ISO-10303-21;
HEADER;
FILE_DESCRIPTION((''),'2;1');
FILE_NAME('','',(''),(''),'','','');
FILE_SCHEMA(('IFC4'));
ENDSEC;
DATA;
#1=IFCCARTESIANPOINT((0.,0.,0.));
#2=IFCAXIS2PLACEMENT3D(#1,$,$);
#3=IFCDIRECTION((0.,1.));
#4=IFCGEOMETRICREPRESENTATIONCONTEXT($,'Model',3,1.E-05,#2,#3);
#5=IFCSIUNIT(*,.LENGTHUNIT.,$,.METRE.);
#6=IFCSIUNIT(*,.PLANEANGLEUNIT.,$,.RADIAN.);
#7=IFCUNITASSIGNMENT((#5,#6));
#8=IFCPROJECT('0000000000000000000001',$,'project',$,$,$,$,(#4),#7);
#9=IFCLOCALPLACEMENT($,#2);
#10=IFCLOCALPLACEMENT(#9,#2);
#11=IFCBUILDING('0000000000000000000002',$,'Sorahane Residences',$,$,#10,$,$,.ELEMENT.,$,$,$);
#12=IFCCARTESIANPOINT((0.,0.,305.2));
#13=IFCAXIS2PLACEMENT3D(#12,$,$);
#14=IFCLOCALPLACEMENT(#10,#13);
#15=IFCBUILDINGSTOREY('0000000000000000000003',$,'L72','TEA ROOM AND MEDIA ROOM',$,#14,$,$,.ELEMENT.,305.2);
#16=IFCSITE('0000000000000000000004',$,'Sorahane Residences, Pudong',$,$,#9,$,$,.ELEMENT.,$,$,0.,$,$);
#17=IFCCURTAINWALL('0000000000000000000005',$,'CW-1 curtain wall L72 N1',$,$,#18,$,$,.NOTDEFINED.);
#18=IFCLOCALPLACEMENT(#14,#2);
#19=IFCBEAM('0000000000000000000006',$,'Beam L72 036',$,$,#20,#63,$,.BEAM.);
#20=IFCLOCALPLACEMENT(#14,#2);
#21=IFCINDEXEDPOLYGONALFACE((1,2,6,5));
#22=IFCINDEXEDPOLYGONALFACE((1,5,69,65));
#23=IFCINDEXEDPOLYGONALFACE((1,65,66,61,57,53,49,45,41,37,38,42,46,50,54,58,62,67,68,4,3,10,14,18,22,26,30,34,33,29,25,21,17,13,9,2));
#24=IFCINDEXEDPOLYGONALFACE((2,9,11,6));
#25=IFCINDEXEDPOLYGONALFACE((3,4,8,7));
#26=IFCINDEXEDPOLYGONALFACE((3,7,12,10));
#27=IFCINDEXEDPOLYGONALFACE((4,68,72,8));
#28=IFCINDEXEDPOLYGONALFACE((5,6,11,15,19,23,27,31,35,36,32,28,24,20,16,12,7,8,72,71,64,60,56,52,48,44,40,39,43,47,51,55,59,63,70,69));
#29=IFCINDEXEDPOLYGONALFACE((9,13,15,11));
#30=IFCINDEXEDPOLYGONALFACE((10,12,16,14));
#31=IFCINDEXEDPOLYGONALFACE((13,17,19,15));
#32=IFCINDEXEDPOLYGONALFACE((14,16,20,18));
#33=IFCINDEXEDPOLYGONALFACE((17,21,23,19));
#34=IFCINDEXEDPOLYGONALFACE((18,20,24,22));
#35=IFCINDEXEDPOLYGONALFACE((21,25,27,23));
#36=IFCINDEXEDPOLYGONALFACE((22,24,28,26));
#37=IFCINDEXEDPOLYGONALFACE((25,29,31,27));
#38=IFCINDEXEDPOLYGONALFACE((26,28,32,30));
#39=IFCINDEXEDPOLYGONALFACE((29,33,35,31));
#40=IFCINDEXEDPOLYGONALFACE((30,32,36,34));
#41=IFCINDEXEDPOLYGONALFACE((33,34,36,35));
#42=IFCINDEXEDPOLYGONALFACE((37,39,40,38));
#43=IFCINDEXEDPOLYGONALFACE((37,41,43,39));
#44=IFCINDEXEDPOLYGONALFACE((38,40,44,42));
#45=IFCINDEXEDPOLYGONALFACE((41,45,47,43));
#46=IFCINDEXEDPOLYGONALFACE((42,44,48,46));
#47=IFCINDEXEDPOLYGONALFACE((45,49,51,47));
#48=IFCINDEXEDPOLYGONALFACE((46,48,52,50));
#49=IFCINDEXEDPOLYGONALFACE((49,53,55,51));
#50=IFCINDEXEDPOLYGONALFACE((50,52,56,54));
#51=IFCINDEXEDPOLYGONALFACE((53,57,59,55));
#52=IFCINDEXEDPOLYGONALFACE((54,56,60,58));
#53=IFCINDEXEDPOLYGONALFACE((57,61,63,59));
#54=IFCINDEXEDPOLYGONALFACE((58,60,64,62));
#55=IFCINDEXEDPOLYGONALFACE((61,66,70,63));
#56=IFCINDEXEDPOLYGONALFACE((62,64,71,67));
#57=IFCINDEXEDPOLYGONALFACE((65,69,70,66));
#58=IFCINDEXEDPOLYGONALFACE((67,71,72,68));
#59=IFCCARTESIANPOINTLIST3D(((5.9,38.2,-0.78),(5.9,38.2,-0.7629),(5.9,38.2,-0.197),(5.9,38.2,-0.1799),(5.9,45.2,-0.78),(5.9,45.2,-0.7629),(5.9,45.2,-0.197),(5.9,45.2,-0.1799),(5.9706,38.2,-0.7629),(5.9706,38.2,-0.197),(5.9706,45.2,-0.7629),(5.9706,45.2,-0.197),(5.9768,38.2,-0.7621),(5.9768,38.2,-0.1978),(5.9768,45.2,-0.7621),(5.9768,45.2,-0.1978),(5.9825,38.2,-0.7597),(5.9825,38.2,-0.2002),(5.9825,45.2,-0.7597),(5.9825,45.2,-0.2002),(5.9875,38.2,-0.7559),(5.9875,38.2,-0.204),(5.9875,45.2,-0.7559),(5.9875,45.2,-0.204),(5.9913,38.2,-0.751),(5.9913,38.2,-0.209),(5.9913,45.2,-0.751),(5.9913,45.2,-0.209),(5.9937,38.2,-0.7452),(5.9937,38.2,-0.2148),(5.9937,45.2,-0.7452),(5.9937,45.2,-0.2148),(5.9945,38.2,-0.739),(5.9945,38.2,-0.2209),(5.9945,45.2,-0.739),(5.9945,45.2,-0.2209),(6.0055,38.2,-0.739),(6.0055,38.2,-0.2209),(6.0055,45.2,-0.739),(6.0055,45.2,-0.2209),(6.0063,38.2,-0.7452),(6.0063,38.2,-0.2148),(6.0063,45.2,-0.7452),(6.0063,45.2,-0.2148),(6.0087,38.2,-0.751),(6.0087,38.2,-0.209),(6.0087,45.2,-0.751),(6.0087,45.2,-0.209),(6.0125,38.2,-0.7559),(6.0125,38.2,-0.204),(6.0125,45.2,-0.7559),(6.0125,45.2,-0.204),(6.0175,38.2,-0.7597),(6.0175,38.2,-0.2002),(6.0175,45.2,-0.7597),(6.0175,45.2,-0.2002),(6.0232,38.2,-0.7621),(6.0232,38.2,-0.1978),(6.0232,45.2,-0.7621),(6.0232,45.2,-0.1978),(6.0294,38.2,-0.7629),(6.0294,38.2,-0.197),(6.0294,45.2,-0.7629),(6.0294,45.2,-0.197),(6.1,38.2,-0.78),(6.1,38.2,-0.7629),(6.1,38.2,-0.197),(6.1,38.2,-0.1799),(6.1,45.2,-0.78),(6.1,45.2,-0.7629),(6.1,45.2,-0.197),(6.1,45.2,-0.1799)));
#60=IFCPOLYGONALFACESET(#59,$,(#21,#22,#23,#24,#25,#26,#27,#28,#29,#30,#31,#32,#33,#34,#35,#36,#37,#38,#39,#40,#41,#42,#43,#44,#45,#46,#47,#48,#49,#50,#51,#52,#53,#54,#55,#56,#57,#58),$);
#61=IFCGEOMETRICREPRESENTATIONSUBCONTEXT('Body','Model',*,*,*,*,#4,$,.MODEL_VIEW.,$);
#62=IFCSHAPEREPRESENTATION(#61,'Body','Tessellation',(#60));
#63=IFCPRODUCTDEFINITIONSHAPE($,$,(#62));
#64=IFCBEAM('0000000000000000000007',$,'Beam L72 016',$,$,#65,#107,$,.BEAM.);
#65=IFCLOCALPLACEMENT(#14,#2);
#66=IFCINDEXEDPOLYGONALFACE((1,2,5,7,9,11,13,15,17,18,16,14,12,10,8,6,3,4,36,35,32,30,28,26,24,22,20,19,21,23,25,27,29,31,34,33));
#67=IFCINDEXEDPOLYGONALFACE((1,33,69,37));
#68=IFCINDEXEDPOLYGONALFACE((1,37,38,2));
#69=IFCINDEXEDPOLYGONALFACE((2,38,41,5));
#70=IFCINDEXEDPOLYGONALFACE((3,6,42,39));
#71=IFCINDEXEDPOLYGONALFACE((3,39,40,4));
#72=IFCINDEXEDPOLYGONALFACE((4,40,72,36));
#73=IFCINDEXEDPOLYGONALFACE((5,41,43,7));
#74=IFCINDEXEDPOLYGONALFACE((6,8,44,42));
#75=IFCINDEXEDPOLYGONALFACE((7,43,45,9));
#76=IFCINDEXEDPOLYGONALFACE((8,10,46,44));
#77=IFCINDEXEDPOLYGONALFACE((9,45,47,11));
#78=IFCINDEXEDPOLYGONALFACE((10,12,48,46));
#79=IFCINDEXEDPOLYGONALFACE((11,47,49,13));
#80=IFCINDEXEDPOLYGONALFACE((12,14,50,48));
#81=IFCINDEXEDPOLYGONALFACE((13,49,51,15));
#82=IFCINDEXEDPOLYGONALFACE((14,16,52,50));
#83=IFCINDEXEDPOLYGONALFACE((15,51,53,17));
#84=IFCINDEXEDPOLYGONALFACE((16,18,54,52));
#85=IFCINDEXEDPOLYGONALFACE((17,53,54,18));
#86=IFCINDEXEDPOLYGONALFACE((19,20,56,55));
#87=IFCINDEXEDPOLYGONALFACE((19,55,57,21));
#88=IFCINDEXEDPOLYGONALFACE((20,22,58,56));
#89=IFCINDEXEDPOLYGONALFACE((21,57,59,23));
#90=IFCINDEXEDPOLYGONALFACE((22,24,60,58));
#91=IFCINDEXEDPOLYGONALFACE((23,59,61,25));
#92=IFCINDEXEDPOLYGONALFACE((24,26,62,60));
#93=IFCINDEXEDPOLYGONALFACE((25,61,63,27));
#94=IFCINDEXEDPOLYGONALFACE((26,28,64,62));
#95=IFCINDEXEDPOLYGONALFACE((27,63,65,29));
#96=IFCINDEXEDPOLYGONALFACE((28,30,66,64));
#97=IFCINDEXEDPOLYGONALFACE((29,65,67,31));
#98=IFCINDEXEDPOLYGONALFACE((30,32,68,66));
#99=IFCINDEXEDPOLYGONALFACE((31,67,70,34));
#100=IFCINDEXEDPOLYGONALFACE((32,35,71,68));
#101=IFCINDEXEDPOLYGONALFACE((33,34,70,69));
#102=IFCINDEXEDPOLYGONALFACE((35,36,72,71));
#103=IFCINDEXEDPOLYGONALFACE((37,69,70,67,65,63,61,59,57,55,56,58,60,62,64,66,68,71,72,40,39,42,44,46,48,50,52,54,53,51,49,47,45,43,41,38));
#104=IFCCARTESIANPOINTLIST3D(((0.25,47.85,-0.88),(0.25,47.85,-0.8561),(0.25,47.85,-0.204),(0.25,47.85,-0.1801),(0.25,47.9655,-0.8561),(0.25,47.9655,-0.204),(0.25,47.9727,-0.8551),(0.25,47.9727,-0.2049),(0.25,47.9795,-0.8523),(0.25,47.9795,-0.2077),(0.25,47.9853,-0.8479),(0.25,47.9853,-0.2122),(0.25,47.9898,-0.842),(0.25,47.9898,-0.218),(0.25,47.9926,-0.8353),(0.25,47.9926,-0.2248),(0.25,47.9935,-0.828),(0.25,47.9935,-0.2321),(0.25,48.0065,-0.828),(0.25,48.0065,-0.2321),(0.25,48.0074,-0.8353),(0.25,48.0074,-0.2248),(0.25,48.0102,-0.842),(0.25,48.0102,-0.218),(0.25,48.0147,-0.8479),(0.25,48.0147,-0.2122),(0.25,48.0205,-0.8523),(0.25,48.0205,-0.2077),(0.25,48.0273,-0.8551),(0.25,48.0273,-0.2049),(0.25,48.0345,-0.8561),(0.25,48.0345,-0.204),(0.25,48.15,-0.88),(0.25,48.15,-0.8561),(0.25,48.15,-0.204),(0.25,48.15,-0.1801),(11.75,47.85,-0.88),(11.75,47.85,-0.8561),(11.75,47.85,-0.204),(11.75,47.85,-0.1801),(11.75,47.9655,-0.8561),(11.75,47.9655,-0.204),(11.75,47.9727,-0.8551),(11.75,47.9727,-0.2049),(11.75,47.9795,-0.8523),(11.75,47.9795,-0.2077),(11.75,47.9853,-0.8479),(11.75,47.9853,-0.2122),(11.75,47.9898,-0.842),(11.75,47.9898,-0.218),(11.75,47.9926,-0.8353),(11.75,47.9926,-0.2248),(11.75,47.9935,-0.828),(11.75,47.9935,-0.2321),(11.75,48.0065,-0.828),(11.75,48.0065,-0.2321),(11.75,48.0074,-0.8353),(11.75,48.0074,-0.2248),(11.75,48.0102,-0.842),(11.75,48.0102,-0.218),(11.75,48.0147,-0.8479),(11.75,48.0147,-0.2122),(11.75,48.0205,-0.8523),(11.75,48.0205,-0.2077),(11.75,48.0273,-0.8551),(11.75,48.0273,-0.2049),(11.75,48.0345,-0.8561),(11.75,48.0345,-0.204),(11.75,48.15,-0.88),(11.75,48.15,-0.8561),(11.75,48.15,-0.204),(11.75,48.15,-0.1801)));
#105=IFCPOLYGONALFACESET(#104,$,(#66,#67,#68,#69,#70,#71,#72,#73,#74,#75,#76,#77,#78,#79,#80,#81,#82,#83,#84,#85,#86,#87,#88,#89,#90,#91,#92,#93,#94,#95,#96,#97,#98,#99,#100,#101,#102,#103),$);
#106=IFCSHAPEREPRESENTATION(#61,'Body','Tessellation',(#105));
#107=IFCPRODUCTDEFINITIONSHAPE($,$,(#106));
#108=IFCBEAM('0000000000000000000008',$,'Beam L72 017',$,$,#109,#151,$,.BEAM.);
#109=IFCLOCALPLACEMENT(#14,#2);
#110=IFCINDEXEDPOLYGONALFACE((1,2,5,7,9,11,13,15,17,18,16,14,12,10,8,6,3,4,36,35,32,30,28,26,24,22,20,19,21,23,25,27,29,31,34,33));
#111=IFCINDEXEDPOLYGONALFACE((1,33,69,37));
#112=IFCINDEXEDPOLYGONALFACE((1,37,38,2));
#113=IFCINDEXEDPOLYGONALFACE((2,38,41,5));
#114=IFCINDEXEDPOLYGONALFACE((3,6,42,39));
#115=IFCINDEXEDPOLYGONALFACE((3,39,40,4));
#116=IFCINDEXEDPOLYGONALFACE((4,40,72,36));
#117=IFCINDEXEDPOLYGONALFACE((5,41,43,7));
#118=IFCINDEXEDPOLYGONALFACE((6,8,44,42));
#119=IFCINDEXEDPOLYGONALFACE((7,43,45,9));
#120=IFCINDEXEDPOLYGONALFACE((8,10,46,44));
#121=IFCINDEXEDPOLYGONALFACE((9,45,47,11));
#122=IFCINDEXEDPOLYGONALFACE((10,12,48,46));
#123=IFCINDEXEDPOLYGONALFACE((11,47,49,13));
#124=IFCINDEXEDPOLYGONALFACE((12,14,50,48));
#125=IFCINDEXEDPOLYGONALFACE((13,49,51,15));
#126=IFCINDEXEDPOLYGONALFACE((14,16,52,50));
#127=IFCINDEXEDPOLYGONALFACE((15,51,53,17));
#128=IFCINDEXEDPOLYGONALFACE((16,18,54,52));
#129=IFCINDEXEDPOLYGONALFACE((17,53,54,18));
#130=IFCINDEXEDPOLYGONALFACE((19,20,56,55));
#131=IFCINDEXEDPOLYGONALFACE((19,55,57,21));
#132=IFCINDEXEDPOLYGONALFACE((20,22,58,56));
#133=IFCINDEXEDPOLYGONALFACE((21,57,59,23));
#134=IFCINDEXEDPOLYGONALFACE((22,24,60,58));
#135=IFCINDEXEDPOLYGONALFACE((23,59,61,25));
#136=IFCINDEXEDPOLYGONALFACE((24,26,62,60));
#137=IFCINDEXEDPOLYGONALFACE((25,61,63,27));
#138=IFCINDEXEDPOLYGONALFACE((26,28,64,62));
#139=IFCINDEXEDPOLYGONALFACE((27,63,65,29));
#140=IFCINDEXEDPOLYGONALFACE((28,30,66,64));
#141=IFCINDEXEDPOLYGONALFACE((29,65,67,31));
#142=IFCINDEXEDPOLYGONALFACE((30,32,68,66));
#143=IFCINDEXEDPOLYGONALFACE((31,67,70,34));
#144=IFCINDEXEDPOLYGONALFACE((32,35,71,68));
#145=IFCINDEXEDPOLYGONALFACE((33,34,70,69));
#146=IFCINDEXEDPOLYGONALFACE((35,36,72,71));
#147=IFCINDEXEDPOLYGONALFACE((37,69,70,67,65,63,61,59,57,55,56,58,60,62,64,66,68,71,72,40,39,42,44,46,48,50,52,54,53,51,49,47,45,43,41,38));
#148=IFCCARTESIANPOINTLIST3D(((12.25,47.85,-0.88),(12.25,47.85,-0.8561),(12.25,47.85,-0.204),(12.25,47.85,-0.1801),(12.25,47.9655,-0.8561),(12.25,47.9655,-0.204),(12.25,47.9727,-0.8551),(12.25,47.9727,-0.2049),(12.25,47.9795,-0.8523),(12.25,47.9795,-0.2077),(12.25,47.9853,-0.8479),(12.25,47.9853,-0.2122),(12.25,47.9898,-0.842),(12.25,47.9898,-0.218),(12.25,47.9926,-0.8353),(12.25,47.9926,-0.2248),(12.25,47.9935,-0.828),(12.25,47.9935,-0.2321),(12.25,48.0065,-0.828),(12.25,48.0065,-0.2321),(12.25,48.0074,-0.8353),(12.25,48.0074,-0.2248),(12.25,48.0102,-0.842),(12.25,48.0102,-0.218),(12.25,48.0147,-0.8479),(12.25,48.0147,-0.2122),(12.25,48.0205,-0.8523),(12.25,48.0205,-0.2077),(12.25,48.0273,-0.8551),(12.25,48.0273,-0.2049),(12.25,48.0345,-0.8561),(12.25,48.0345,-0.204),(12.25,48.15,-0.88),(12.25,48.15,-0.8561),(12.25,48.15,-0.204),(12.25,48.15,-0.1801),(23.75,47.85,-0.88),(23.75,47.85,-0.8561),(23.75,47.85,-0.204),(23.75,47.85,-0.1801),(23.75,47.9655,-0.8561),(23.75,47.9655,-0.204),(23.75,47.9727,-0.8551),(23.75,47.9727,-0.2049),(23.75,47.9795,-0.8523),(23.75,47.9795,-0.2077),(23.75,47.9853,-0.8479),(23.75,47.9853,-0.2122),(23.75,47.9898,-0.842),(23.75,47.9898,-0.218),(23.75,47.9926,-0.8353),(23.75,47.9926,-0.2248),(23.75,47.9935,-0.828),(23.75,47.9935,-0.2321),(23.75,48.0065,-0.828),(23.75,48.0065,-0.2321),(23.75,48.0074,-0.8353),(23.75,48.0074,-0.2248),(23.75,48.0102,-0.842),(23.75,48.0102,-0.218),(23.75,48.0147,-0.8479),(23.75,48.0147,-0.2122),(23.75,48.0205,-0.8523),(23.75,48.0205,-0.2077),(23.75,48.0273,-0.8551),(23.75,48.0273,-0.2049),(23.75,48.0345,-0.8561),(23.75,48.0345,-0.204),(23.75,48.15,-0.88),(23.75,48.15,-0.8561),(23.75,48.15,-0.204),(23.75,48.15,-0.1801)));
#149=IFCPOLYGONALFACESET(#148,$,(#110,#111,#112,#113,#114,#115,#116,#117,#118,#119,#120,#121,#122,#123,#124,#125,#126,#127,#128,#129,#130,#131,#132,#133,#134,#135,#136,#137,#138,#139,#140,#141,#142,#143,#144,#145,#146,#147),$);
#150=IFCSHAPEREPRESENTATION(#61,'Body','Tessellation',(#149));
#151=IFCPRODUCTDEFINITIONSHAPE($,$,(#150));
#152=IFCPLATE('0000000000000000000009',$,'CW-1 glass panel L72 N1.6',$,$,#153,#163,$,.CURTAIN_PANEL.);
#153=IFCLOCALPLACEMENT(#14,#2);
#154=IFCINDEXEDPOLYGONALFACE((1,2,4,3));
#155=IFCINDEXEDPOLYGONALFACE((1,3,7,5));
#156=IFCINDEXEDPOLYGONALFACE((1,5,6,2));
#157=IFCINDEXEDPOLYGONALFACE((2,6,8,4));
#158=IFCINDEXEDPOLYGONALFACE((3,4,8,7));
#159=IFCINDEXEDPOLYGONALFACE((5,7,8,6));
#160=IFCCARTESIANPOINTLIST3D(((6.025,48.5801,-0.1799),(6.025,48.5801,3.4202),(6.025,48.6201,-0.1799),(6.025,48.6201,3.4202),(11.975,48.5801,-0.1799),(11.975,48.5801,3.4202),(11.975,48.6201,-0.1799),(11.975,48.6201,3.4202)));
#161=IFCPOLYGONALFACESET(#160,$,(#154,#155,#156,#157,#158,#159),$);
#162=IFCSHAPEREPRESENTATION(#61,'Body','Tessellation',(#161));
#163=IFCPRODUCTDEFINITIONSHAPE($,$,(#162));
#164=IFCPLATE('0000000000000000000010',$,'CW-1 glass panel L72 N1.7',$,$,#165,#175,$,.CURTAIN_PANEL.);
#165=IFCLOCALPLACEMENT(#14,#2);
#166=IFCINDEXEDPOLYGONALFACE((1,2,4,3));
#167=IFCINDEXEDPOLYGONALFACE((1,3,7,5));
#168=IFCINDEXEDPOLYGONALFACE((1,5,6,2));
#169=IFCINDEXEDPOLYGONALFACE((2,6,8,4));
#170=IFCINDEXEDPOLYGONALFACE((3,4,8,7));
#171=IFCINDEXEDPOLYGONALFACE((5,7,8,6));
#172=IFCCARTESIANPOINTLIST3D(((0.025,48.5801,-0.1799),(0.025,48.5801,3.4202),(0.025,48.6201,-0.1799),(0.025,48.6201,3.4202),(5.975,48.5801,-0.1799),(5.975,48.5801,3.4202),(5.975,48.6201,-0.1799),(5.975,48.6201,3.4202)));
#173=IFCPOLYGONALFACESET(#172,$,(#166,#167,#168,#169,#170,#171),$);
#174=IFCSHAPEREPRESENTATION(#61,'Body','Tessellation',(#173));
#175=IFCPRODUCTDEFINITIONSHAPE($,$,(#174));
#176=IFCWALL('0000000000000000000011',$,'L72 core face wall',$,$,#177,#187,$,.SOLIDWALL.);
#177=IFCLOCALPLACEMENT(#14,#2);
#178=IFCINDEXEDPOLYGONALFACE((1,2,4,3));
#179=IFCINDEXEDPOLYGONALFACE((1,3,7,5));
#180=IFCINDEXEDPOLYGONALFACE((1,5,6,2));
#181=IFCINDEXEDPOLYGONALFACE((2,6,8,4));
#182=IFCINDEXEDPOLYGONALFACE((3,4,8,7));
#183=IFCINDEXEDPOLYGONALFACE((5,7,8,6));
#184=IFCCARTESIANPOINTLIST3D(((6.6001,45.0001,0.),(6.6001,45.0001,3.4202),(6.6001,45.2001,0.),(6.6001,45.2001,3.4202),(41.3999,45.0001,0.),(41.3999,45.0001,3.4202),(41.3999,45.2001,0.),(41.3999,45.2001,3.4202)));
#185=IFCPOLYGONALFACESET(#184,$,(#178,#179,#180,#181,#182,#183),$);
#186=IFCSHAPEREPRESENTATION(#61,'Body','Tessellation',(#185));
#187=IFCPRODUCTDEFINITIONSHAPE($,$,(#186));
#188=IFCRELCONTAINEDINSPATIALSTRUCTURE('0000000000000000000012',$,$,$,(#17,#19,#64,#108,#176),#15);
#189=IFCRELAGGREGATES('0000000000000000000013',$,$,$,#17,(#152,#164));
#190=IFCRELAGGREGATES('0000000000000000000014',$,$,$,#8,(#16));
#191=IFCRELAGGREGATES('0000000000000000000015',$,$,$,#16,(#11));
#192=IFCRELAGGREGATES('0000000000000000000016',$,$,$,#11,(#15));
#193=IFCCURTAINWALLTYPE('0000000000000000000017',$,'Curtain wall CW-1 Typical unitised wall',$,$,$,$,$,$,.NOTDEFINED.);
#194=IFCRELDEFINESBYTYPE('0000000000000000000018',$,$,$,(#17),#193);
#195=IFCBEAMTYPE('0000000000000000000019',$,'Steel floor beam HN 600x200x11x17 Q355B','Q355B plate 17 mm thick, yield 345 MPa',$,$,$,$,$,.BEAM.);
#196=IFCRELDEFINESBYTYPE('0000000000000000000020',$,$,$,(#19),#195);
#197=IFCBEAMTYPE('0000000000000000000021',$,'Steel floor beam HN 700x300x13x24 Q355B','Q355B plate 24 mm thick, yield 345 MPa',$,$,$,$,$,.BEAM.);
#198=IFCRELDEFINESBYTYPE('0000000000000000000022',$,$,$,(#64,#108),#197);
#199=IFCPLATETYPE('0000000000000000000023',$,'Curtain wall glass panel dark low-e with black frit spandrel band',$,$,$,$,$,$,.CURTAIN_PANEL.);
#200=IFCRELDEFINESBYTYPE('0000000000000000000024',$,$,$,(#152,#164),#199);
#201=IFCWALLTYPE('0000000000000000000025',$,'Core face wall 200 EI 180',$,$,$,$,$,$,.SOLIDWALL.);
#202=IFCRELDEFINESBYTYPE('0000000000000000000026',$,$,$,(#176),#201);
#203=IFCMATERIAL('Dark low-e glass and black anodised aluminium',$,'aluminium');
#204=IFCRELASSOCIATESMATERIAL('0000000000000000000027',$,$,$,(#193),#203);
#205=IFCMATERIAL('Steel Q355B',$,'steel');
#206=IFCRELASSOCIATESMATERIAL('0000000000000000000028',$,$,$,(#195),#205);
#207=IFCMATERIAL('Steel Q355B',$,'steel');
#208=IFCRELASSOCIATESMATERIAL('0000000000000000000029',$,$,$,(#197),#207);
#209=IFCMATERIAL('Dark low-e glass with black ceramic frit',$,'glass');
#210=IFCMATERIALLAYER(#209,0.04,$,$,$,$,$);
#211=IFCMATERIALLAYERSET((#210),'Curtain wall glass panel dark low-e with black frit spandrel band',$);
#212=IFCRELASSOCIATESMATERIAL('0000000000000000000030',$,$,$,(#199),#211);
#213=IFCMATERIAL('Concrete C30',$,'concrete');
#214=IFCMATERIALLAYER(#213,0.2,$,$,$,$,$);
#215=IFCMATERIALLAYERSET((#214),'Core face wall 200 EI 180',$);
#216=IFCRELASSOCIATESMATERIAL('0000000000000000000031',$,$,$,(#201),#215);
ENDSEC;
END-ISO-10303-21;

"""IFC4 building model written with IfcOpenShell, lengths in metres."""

from ifc_helpers import new_model, si_unit, direction, frame, frame_2d, origin, origin_2d, place, context, subcontext, project, spatial, rectangle, i_section, extrude, material, layer, layer_set, material_profile, profile_set, type_object, element, aggregate, save


model = new_model("IFC4")

# Units and contexts
model_context = context("Model", 3, precision=1e-05, world=origin(), true_north=direction((0.0, 1.0)))
body_context = subcontext(model_context, "Body", "Model", "MODEL_VIEW")
ifc_project = project(units=[si_unit("LENGTHUNIT", "METRE"), si_unit("PLANEANGLEUNIT", "RADIAN")], contexts=[model_context])

# Site, building, storey
site_placement = place(None, origin())
site = spatial("IfcSite", under=ifc_project, at=site_placement, Name="Sorahane Residences, Pudong", CompositionType="ELEMENT", RefElevation=0.0)
building_placement = place(site_placement, origin())
building = spatial("IfcBuilding", under=site, at=building_placement, Name="Sorahane Residences", CompositionType="ELEMENT")
storey_placement = place(building_placement, frame((0.0, 0.0, 305.2)))
storey = spatial("IfcBuildingStorey", under=building, at=storey_placement, Name="L72", Description="TEA ROOM AND MEDIA ROOM", CompositionType="ELEMENT", Elevation=305.2)

# Curtain wall
ifc_material_1 = material(Name="Dark low-e glass and black anodised aluminium", Category="aluminium")
curtain_wall_type = type_object("IfcCurtainWallType", Name="Curtain wall CW-1 Typical unitised wall", PredefinedType="NOTDEFINED", material=ifc_material_1)
curtain_wall_placement = place(storey_placement, origin())
curtain_wall = element("IfcCurtainWall", 1, at=curtain_wall_placement, inside=storey, type_object=curtain_wall_type, Name="CW-1 curtain wall L72 N1", PredefinedType="NOTDEFINED")

# Beams
ifc_material_2 = material(Name="Steel Q355B", Category="steel")
ifc_material_profile_1 = material_profile(ifc_material_2, i_section(OverallWidth=0.2, OverallDepth=0.6001, WebThickness=0.011, FlangeThickness=0.0171, FilletRadius=0.0239, at=origin_2d()), Name="HN 600x200x11x17")
ifc_profile_set_1 = profile_set([ifc_material_profile_1], Name="Steel Q355B")
beam_type_1 = type_object("IfcBeamType", Name="Steel floor beam HN 600x200x11x17 Q355B", Description="Q355B plate 17 mm thick, yield 345 MPa", PredefinedType="BEAM", material=ifc_profile_set_1)
beam_1_placement = place(storey_placement, frame((6.0, 38.2, -0.48), z_axis=(0.0, 1.0, 0.0), x_axis=(-1.0, 0.0, 0.0)))
element("IfcBeam", 2, at=beam_1_placement, inside=storey, type_object=beam_type_1, Name="Beam L72 036", PredefinedType="BEAM", context=body_context, shape_type="SweptSolid", body=[
    extrude(i_section(OverallWidth=0.2, OverallDepth=0.6001, WebThickness=0.011, FlangeThickness=0.0171, FilletRadius=0.0239, at=origin_2d()), origin(), (0.0, 0.0, 1.0), 7.0),
])
ifc_material_3 = material(Name="Steel Q355B", Category="steel")
ifc_material_profile_2 = material_profile(ifc_material_3, i_section(OverallWidth=0.3, OverallDepth=0.7, WebThickness=0.0129, FlangeThickness=0.0239, FilletRadius=0.0281, at=origin_2d()), Name="HN 700x300x13x24")
ifc_profile_set_2 = profile_set([ifc_material_profile_2], Name="Steel Q355B")
beam_type_2 = type_object("IfcBeamType", Name="Steel floor beam HN 700x300x13x24 Q355B", Description="Q355B plate 24 mm thick, yield 345 MPa", PredefinedType="BEAM", material=ifc_profile_set_2)
for number, where, z_axis, x_axis, name in (
    (3, (0.25, 48.0, -0.53), (1.0, 0.0, 0.0), (0.0, 1.0, 0.0), "Beam L72 016"),
    (4, (12.25, 48.0, -0.53), (1.0, 0.0, 0.0), (0.0, 1.0, 0.0), "Beam L72 017"),
):
    element("IfcBeam", number, at=place(storey_placement, frame(where, z_axis=z_axis, x_axis=x_axis)), inside=storey, type_object=beam_type_2, Name=name, PredefinedType="BEAM", context=body_context, shape_type="SweptSolid", body=[
        extrude(i_section(OverallWidth=0.3, OverallDepth=0.7, WebThickness=0.0129, FlangeThickness=0.0239, FilletRadius=0.0281, at=origin_2d()), origin(), (0.0, 0.0, 1.0), 11.5),
    ])

# Plates
ifc_material_4 = material(Name="Dark low-e glass with black ceramic frit", Category="glass")
ifc_layer_1 = layer(ifc_material_4, 0.04)
ifc_layer_set_1 = layer_set([ifc_layer_1], Name="Curtain wall glass panel dark low-e with black frit spandrel band")
plate_type = type_object("IfcPlateType", Name="Curtain wall glass panel dark low-e with black frit spandrel band", PredefinedType="CURTAIN_PANEL", material=ifc_layer_set_1)
plate_1_placement = place(storey_placement, frame((9.0, 48.6001, -0.1799), z_axis=(0.0, 0.0, 1.0), x_axis=(-1.0, 0.0, 0.0)))
plate_1 = element("IfcPlate", 5, at=plate_1_placement, type_object=plate_type, Name="CW-1 glass panel L72 N1.6", PredefinedType="CURTAIN_PANEL", context=body_context, shape_type="SweptSolid", body=[
    extrude(rectangle(XDim=5.95, YDim=0.04, at=origin_2d()), origin(), (0.0, 0.0, 1.0), 3.6001),
])
plate_2_placement = place(storey_placement, frame((3.0, 48.6001, -0.1799), z_axis=(0.0, 0.0, 1.0), x_axis=(-1.0, 0.0, 0.0)))
plate_2 = element("IfcPlate", 6, at=plate_2_placement, type_object=plate_type, Name="CW-1 glass panel L72 N1.7", PredefinedType="CURTAIN_PANEL", context=body_context, shape_type="SweptSolid", body=[
    extrude(rectangle(XDim=5.95, YDim=0.04, at=origin_2d()), origin(), (0.0, 0.0, 1.0), 3.6001),
])
aggregate(curtain_wall, [plate_1, plate_2])

# Wall
ifc_material_5 = material(Name="Concrete C30", Category="concrete")
ifc_layer_2 = layer(ifc_material_5, 0.2)
ifc_layer_set_2 = layer_set([ifc_layer_2], Name="Core face wall 200 EI 180")
wall_type_1 = type_object("IfcWallType", Name="Core face wall 200 EI 180", PredefinedType="SOLIDWALL", material=ifc_layer_set_2)
wall_1_placement = place(storey_placement, frame((6.6001, 45.1001, 0.0), z_axis=(0.0, 0.0, 1.0), x_axis=(1.0, 0.0, 0.0)))
element("IfcWall", 7, at=wall_1_placement, inside=storey, type_object=wall_type_1, Name="L72 core face wall", PredefinedType="SOLIDWALL", context=body_context, shape_type="SweptSolid", body=[
    extrude(rectangle(XDim=34.7998, YDim=0.2, at=frame_2d((17.3999, 0.0))), origin(), (0.0, 0.0, 1.0), 3.4202),
])

save(model, "model.ifc")
